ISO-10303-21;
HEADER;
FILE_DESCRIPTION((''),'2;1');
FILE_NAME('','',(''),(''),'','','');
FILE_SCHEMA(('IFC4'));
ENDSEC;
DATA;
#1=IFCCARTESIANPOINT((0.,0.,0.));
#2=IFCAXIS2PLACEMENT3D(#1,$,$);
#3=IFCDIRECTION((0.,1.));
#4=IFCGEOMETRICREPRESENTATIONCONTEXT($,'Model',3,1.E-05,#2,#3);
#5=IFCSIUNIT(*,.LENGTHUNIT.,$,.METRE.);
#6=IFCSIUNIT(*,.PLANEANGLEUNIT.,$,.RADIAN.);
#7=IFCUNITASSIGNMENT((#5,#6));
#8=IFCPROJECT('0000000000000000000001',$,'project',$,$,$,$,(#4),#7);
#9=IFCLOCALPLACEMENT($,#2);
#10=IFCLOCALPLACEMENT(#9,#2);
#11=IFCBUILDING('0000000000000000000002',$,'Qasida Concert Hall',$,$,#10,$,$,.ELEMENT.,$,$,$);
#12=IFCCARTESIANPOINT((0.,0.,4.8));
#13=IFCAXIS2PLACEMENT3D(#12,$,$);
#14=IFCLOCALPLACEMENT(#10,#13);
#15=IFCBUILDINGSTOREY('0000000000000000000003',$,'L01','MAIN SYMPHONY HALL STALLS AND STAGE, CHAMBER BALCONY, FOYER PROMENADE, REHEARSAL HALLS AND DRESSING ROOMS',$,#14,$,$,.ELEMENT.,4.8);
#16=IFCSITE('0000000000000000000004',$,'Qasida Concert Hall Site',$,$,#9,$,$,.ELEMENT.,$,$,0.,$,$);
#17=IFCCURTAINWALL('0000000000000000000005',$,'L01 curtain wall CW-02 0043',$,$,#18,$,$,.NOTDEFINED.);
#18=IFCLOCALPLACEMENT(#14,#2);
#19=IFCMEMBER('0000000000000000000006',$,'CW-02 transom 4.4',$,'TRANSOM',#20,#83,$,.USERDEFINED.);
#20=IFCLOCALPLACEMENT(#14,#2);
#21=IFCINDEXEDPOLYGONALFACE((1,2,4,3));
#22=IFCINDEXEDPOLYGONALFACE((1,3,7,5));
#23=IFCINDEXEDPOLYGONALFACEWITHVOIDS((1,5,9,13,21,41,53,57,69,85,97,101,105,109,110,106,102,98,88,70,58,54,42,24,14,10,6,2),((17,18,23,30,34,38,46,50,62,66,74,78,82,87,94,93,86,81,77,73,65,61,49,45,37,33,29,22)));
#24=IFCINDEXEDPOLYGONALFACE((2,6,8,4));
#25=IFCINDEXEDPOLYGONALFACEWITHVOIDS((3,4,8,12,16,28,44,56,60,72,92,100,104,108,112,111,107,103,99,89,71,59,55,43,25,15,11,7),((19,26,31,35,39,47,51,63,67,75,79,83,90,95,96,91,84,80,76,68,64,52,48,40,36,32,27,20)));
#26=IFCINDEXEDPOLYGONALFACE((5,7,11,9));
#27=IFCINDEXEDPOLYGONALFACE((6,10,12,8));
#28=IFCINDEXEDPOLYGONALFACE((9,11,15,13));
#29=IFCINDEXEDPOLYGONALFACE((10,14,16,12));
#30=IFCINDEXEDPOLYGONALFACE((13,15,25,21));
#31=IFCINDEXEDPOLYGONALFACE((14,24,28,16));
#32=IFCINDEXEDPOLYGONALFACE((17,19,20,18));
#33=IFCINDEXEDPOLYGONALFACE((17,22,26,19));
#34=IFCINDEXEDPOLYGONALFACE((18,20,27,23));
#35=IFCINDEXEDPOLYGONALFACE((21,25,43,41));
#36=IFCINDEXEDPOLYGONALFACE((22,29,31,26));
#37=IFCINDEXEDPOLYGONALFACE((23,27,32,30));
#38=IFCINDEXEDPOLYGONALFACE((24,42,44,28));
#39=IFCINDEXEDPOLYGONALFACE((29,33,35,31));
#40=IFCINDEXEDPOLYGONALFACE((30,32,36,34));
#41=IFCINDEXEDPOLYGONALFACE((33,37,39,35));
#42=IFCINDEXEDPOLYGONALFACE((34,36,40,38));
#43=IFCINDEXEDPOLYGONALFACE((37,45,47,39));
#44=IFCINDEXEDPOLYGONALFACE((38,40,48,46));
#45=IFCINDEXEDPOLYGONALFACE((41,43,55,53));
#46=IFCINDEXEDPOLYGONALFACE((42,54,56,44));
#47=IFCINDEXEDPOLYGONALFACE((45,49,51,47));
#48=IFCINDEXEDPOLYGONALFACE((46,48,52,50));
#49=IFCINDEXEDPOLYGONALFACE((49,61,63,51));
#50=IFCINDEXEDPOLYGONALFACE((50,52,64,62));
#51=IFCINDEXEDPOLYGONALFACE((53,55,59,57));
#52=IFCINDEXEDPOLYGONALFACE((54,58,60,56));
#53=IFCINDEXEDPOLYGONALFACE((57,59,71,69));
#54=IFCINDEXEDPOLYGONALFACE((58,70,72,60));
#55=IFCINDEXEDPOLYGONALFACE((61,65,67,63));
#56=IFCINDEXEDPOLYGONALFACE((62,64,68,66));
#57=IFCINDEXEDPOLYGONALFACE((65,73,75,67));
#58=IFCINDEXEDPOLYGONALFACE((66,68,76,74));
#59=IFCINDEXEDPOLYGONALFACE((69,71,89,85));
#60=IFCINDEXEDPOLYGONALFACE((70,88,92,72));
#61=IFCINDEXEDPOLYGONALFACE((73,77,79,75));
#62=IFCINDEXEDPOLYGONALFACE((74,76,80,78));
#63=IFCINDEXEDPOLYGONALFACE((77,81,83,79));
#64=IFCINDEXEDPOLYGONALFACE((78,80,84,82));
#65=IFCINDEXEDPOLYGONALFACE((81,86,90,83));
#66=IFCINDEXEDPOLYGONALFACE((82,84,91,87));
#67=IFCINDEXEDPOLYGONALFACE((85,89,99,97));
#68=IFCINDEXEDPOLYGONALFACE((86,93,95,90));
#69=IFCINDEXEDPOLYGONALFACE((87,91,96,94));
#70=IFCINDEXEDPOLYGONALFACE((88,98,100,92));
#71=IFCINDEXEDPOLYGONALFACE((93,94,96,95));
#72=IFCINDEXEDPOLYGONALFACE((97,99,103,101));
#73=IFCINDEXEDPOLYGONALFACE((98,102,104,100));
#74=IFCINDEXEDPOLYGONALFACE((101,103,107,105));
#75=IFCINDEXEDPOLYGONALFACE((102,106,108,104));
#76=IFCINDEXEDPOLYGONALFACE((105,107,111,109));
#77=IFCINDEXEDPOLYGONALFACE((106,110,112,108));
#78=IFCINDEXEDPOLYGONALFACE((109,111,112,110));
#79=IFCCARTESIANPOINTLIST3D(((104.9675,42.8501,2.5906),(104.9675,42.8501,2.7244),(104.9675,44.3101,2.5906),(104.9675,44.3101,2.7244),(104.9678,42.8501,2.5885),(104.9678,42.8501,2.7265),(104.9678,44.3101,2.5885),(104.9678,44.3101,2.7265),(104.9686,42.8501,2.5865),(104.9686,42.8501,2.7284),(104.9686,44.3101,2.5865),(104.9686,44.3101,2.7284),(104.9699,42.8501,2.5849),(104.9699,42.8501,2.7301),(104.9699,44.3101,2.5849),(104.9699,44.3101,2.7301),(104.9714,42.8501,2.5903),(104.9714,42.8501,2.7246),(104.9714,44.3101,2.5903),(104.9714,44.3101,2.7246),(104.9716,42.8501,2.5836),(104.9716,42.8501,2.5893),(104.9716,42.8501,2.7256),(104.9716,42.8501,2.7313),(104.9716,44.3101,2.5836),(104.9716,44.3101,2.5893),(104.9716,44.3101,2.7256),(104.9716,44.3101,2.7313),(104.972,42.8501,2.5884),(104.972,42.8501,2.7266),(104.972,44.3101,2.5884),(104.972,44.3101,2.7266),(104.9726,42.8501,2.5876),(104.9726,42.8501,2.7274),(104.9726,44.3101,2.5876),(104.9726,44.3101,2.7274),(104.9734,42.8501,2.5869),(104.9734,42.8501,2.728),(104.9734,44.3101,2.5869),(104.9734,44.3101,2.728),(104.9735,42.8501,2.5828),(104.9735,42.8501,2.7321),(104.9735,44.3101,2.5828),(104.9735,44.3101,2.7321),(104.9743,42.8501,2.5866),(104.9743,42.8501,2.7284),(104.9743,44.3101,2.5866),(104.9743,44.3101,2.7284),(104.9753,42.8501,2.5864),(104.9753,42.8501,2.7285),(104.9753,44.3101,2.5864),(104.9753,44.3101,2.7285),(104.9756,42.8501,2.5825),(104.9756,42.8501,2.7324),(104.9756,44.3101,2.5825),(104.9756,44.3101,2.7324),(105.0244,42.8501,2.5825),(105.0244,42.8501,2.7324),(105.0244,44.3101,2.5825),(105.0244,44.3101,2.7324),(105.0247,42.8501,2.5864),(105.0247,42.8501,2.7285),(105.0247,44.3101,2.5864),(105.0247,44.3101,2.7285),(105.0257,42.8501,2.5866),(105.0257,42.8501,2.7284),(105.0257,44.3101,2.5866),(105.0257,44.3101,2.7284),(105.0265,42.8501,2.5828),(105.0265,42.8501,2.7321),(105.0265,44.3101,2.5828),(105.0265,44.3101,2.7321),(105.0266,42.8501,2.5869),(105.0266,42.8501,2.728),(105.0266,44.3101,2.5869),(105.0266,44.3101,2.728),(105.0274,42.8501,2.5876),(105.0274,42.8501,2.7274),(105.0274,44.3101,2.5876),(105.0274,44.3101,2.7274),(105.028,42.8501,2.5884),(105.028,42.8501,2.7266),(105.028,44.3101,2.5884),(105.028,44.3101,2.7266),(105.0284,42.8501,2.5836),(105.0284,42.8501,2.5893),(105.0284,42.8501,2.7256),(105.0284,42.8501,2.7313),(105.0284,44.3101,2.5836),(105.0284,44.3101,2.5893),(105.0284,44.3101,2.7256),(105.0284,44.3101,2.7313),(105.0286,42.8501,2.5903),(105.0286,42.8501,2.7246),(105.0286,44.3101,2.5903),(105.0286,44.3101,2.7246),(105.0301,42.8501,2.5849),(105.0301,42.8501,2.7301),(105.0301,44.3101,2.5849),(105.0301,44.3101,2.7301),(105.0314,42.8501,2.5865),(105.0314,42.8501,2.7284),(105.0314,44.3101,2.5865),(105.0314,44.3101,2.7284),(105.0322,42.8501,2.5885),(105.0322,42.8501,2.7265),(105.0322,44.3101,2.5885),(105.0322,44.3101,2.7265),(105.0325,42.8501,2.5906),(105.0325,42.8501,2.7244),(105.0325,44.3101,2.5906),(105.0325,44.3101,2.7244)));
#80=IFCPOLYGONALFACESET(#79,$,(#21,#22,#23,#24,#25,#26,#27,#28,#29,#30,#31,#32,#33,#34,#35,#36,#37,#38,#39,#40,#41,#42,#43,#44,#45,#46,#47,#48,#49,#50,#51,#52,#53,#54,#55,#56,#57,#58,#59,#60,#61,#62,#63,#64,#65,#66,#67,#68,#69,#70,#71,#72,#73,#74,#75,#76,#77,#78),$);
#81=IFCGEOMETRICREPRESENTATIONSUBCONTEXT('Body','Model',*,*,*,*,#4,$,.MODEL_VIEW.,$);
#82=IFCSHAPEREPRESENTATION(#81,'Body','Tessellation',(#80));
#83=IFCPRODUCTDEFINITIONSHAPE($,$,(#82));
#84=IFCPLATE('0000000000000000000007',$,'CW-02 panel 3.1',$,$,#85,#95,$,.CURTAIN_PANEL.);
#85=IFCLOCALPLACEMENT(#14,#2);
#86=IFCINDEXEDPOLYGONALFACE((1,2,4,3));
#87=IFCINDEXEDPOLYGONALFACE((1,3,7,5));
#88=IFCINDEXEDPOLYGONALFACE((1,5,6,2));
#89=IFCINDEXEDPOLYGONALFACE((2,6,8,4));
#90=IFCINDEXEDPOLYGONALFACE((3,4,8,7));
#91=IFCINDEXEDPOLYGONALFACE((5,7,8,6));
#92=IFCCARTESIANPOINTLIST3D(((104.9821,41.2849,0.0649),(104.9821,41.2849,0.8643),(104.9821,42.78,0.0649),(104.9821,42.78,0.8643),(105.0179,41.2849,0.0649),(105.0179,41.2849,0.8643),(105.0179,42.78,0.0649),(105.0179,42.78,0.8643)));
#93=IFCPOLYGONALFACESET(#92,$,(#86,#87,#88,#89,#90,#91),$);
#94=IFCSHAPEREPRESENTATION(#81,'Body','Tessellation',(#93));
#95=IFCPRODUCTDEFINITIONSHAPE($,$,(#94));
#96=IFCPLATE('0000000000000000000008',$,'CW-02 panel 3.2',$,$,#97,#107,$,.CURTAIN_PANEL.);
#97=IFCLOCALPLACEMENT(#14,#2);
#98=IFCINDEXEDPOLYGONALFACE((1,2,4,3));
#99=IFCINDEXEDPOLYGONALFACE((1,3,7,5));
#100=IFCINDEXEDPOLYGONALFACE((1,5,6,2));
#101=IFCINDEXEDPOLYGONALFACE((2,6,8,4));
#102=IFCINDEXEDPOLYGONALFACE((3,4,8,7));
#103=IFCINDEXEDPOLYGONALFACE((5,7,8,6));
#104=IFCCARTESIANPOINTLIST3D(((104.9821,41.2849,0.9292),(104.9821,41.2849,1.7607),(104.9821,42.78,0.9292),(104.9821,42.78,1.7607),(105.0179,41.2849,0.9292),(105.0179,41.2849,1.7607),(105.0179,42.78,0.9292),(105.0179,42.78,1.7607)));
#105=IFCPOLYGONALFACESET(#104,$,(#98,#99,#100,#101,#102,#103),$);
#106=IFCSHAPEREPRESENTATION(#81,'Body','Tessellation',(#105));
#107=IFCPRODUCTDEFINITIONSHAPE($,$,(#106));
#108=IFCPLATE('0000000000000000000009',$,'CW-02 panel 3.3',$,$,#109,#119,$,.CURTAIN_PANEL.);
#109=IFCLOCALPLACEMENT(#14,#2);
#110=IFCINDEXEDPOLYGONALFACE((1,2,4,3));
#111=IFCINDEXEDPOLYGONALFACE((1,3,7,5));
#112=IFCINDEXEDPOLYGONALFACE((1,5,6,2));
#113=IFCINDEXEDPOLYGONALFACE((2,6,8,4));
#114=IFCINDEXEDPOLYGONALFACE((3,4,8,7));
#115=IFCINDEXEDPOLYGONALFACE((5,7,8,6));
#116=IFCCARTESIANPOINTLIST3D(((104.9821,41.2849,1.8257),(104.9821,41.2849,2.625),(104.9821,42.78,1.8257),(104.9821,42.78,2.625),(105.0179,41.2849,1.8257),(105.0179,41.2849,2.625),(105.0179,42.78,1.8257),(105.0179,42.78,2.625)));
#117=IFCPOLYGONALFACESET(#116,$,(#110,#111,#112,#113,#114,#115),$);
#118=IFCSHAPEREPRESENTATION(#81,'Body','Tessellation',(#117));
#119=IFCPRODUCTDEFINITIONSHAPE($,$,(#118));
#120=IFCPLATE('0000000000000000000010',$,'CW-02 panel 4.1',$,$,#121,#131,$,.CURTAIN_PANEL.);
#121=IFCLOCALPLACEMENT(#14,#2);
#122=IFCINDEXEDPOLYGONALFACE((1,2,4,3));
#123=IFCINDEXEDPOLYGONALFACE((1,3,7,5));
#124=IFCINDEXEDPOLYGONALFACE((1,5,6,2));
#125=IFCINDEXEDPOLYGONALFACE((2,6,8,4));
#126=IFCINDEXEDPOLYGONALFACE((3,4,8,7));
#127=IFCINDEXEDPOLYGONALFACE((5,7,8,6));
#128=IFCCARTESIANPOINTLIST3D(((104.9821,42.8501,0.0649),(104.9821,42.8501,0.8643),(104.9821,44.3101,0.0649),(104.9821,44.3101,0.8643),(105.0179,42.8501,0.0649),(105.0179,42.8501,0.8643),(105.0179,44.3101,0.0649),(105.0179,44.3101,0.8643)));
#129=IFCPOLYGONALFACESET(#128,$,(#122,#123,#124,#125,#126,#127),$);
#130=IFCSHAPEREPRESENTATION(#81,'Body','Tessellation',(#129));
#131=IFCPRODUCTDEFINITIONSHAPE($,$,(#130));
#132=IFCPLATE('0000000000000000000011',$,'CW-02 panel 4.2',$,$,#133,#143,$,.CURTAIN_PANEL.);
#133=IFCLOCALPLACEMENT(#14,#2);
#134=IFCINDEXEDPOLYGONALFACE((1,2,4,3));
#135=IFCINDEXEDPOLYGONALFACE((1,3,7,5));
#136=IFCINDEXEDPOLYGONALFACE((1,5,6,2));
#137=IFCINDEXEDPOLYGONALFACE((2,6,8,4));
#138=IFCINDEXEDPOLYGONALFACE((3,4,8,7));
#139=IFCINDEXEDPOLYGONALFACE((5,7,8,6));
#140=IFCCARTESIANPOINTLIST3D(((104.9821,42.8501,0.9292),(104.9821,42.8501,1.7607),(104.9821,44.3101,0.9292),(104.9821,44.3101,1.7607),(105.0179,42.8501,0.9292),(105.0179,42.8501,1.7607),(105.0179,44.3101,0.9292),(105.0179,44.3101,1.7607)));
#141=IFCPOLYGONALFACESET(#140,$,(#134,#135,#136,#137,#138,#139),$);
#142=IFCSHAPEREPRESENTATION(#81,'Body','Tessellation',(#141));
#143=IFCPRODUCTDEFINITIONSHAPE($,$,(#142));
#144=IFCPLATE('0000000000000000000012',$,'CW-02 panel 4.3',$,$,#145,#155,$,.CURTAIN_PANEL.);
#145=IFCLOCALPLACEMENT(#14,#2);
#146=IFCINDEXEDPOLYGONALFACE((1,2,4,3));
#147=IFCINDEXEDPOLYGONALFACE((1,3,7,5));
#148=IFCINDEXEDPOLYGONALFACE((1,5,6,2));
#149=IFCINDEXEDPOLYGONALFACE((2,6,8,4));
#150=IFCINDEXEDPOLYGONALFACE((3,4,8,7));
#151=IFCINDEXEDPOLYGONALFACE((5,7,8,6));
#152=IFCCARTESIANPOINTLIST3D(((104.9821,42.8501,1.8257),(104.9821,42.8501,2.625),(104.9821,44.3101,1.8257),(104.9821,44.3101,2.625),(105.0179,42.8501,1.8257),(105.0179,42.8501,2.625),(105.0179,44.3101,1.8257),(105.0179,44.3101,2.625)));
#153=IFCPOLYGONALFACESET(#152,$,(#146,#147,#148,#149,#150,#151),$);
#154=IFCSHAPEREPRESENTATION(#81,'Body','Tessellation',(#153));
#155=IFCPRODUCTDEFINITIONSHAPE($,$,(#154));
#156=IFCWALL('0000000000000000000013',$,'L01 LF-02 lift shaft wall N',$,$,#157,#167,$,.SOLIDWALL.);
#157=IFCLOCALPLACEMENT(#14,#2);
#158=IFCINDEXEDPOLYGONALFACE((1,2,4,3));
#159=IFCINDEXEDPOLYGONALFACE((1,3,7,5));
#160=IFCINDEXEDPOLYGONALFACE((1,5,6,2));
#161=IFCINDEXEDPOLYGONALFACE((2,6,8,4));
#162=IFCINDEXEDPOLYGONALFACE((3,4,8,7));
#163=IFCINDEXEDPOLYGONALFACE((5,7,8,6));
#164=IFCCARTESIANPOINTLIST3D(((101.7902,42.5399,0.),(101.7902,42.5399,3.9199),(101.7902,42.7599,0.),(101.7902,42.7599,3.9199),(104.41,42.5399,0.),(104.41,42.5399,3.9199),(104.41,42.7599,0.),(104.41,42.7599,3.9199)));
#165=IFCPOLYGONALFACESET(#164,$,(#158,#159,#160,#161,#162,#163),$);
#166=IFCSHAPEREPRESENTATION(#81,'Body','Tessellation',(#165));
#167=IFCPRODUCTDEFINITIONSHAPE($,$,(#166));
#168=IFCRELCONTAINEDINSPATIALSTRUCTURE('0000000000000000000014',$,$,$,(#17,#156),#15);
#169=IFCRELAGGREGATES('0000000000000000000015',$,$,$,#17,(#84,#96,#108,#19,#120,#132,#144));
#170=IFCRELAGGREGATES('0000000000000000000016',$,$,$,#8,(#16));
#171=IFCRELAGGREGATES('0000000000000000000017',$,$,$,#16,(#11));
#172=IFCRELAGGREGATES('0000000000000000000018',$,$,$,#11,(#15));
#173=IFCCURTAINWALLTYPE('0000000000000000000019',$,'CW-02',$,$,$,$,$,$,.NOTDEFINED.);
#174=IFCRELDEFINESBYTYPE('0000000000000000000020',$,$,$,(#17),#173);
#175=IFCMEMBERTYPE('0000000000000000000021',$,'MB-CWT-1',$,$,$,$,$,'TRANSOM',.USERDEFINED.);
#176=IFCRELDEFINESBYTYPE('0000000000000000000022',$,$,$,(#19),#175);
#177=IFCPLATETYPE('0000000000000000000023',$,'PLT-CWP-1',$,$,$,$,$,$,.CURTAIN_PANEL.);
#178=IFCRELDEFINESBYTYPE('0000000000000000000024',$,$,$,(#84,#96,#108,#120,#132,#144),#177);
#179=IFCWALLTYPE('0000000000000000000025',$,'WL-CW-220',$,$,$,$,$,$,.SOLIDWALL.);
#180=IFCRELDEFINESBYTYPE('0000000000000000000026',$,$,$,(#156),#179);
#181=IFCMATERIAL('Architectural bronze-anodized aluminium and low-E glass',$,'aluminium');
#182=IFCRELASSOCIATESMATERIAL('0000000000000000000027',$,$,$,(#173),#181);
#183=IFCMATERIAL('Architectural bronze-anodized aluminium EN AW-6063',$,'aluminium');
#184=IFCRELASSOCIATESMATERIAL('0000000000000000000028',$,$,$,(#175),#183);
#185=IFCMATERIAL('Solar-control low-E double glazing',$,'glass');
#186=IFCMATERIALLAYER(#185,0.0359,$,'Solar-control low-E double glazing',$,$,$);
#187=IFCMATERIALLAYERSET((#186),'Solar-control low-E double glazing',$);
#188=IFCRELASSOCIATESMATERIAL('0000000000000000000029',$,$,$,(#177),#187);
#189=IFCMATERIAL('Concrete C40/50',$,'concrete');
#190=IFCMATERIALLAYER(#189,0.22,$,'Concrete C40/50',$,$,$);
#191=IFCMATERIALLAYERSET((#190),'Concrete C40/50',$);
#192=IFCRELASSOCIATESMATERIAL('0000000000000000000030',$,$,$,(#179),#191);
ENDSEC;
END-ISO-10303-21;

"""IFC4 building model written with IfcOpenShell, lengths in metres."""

from ifc_helpers import new_model, si_unit, direction, frame, frame_2d, origin, origin_2d, place, context, subcontext, project, spatial, rectangle, hollow_rectangle, extrude, material, layer, layer_set, material_profile, profile_set, type_object, element, aggregate, save


model = new_model("IFC4")

# Units and contexts
model_context = context("Model", 3, precision=1e-05, world=origin(), true_north=direction((0.0, 1.0)))
body_context = subcontext(model_context, "Body", "Model", "MODEL_VIEW")
ifc_project = project(units=[si_unit("LENGTHUNIT", "METRE"), si_unit("PLANEANGLEUNIT", "RADIAN")], contexts=[model_context])

# Site, building, storey
site_placement = place(None, origin())
site = spatial("IfcSite", under=ifc_project, at=site_placement, Name="Qasida Concert Hall Site", CompositionType="ELEMENT", RefElevation=0.0)
building_placement = place(site_placement, origin())
building = spatial("IfcBuilding", under=site, at=building_placement, Name="Qasida Concert Hall", CompositionType="ELEMENT")
storey_placement = place(building_placement, frame((0.0, 0.0, 4.8)))
storey = spatial("IfcBuildingStorey", under=building, at=storey_placement, Name="L01", Description="MAIN SYMPHONY HALL STALLS AND STAGE, CHAMBER BALCONY, FOYER PROMENADE, REHEARSAL HALLS AND DRESSING ROOMS", CompositionType="ELEMENT", Elevation=4.8)

# Shared definitions
ifc_material_1 = material(Name="Concrete C40/50", Category="concrete")

# Curtain wall, member, plates
ifc_material_2 = material(Name="Architectural bronze-anodized aluminium and low-E glass", Category="aluminium")
curtain_wall_type = type_object("IfcCurtainWallType", Name="CW-02", PredefinedType="NOTDEFINED", material=ifc_material_2)
curtain_wall_placement = place(storey_placement, origin())
curtain_wall = element("IfcCurtainWall", 1, at=curtain_wall_placement, inside=storey, type_object=curtain_wall_type, Name="L01 curtain wall CW-02 0043", PredefinedType="NOTDEFINED")
ifc_material_3 = material(Name="Architectural bronze-anodized aluminium EN AW-6063", Category="aluminium")
ifc_material_profile_1 = material_profile(ifc_material_3, hollow_rectangle(XDim=0.0649, YDim=0.1499, WallThickness=0.0039, InnerFilletRadius=0.0039, OuterFilletRadius=0.0081, at=origin_2d()), Name="CWT 150x65x4")
ifc_profile_set_1 = profile_set([ifc_material_profile_1], Name="Architectural bronze-anodized aluminium EN AW-6063")
member_type_1 = type_object("IfcMemberType", Name="MB-CWT-1", ElementType="TRANSOM", PredefinedType="USERDEFINED", material=ifc_profile_set_1)
member_1_placement = place(storey_placement, frame((105.0, 42.8501, 2.6575), z_axis=(0.0, 1.0, 0.0), x_axis=(-1.0, 0.0, 0.0)))
member_1 = element("IfcMember", 2, at=member_1_placement, type_object=member_type_1, Name="CW-02 transom 4.4", ObjectType="TRANSOM", PredefinedType="USERDEFINED", context=body_context, shape_type="SweptSolid", body=[
    extrude(hollow_rectangle(XDim=0.0649, YDim=0.1499, WallThickness=0.0039, InnerFilletRadius=0.0039, OuterFilletRadius=0.0081, at=origin_2d()), origin(), (0.0, 0.0, 1.0), 1.46),
])
ifc_material_4 = material(Name="Solar-control low-E double glazing", Category="glass")
ifc_layer_1 = layer(ifc_material_4, 0.0359, Name="Solar-control low-E double glazing")
ifc_layer_set_1 = layer_set([ifc_layer_1], Name="Solar-control low-E double glazing")
plate_type = type_object("IfcPlateType", Name="PLT-CWP-1", PredefinedType="CURTAIN_PANEL", material=ifc_layer_set_1)
plate_1_placement = place(storey_placement, frame((105.0, 42.0325, 0.0649), z_axis=(0.0, 0.0, 1.0), x_axis=(0.0, 1.0, 0.0)))
plate_1 = element("IfcPlate", 3, at=plate_1_placement, type_object=plate_type, Name="CW-02 panel 3.1", PredefinedType="CURTAIN_PANEL", context=body_context, shape_type="SweptSolid", body=[
    extrude(rectangle(XDim=1.4951, YDim=0.0359, at=origin_2d()), origin(), (0.0, 0.0, 1.0), 0.7993),
])
plate_2_placement = place(storey_placement, frame((105.0, 42.0325, 0.9292), z_axis=(0.0, 0.0, 1.0), x_axis=(0.0, 1.0, 0.0)))
plate_2 = element("IfcPlate", 4, at=plate_2_placement, type_object=plate_type, Name="CW-02 panel 3.2", PredefinedType="CURTAIN_PANEL", context=body_context, shape_type="SweptSolid", body=[
    extrude(rectangle(XDim=1.4951, YDim=0.0359, at=origin_2d()), origin(), (0.0, 0.0, 1.0), 0.8315),
])
plate_3_placement = place(storey_placement, frame((105.0, 42.0325, 1.8257), z_axis=(0.0, 0.0, 1.0), x_axis=(0.0, 1.0, 0.0)))
plate_3 = element("IfcPlate", 5, at=plate_3_placement, type_object=plate_type, Name="CW-02 panel 3.3", PredefinedType="CURTAIN_PANEL", context=body_context, shape_type="SweptSolid", body=[
    extrude(rectangle(XDim=1.4951, YDim=0.0359, at=origin_2d()), origin(), (0.0, 0.0, 1.0), 0.7993),
])
plate_4_placement = place(storey_placement, frame((105.0, 43.5801, 0.0649), z_axis=(0.0, 0.0, 1.0), x_axis=(0.0, 1.0, 0.0)))
plate_4 = element("IfcPlate", 6, at=plate_4_placement, type_object=plate_type, Name="CW-02 panel 4.1", PredefinedType="CURTAIN_PANEL", context=body_context, shape_type="SweptSolid", body=[
    extrude(rectangle(XDim=1.46, YDim=0.0359, at=origin_2d()), origin(), (0.0, 0.0, 1.0), 0.7993),
])
plate_5_placement = place(storey_placement, frame((105.0, 43.5801, 0.9292), z_axis=(0.0, 0.0, 1.0), x_axis=(0.0, 1.0, 0.0)))
plate_5 = element("IfcPlate", 7, at=plate_5_placement, type_object=plate_type, Name="CW-02 panel 4.2", PredefinedType="CURTAIN_PANEL", context=body_context, shape_type="SweptSolid", body=[
    extrude(rectangle(XDim=1.46, YDim=0.0359, at=origin_2d()), origin(), (0.0, 0.0, 1.0), 0.8315),
])
plate_6_placement = place(storey_placement, frame((105.0, 43.5801, 1.8257), z_axis=(0.0, 0.0, 1.0), x_axis=(0.0, 1.0, 0.0)))
plate_6 = element("IfcPlate", 8, at=plate_6_placement, type_object=plate_type, Name="CW-02 panel 4.3", PredefinedType="CURTAIN_PANEL", context=body_context, shape_type="SweptSolid", body=[
    extrude(rectangle(XDim=1.46, YDim=0.0359, at=origin_2d()), origin(), (0.0, 0.0, 1.0), 0.7993),
])
aggregate(curtain_wall, [plate_1, plate_2, plate_3, member_1, plate_4, plate_5, plate_6])

# Wall
ifc_layer_2 = layer(ifc_material_1, 0.22, Name="Concrete C40/50")
ifc_layer_set_2 = layer_set([ifc_layer_2], Name="Concrete C40/50")
wall_type_1 = type_object("IfcWallType", Name="WL-CW-220", PredefinedType="SOLIDWALL", material=ifc_layer_set_2)
wall_1_placement = place(storey_placement, frame((101.79, 42.6499, 0.0), z_axis=(0.0, 0.0, 1.0), x_axis=(1.0, 0.0, 0.0)))
element("IfcWall", 9, at=wall_1_placement, inside=storey, type_object=wall_type_1, Name="L01 LF-02 lift shaft wall N", PredefinedType="SOLIDWALL", context=body_context, shape_type="SweptSolid", body=[
    extrude(rectangle(XDim=2.6199, YDim=0.22, at=frame_2d((1.3101, 0.0))), origin(), (0.0, 0.0, 1.0), 3.9199),
])

save(model, "model.ifc")
